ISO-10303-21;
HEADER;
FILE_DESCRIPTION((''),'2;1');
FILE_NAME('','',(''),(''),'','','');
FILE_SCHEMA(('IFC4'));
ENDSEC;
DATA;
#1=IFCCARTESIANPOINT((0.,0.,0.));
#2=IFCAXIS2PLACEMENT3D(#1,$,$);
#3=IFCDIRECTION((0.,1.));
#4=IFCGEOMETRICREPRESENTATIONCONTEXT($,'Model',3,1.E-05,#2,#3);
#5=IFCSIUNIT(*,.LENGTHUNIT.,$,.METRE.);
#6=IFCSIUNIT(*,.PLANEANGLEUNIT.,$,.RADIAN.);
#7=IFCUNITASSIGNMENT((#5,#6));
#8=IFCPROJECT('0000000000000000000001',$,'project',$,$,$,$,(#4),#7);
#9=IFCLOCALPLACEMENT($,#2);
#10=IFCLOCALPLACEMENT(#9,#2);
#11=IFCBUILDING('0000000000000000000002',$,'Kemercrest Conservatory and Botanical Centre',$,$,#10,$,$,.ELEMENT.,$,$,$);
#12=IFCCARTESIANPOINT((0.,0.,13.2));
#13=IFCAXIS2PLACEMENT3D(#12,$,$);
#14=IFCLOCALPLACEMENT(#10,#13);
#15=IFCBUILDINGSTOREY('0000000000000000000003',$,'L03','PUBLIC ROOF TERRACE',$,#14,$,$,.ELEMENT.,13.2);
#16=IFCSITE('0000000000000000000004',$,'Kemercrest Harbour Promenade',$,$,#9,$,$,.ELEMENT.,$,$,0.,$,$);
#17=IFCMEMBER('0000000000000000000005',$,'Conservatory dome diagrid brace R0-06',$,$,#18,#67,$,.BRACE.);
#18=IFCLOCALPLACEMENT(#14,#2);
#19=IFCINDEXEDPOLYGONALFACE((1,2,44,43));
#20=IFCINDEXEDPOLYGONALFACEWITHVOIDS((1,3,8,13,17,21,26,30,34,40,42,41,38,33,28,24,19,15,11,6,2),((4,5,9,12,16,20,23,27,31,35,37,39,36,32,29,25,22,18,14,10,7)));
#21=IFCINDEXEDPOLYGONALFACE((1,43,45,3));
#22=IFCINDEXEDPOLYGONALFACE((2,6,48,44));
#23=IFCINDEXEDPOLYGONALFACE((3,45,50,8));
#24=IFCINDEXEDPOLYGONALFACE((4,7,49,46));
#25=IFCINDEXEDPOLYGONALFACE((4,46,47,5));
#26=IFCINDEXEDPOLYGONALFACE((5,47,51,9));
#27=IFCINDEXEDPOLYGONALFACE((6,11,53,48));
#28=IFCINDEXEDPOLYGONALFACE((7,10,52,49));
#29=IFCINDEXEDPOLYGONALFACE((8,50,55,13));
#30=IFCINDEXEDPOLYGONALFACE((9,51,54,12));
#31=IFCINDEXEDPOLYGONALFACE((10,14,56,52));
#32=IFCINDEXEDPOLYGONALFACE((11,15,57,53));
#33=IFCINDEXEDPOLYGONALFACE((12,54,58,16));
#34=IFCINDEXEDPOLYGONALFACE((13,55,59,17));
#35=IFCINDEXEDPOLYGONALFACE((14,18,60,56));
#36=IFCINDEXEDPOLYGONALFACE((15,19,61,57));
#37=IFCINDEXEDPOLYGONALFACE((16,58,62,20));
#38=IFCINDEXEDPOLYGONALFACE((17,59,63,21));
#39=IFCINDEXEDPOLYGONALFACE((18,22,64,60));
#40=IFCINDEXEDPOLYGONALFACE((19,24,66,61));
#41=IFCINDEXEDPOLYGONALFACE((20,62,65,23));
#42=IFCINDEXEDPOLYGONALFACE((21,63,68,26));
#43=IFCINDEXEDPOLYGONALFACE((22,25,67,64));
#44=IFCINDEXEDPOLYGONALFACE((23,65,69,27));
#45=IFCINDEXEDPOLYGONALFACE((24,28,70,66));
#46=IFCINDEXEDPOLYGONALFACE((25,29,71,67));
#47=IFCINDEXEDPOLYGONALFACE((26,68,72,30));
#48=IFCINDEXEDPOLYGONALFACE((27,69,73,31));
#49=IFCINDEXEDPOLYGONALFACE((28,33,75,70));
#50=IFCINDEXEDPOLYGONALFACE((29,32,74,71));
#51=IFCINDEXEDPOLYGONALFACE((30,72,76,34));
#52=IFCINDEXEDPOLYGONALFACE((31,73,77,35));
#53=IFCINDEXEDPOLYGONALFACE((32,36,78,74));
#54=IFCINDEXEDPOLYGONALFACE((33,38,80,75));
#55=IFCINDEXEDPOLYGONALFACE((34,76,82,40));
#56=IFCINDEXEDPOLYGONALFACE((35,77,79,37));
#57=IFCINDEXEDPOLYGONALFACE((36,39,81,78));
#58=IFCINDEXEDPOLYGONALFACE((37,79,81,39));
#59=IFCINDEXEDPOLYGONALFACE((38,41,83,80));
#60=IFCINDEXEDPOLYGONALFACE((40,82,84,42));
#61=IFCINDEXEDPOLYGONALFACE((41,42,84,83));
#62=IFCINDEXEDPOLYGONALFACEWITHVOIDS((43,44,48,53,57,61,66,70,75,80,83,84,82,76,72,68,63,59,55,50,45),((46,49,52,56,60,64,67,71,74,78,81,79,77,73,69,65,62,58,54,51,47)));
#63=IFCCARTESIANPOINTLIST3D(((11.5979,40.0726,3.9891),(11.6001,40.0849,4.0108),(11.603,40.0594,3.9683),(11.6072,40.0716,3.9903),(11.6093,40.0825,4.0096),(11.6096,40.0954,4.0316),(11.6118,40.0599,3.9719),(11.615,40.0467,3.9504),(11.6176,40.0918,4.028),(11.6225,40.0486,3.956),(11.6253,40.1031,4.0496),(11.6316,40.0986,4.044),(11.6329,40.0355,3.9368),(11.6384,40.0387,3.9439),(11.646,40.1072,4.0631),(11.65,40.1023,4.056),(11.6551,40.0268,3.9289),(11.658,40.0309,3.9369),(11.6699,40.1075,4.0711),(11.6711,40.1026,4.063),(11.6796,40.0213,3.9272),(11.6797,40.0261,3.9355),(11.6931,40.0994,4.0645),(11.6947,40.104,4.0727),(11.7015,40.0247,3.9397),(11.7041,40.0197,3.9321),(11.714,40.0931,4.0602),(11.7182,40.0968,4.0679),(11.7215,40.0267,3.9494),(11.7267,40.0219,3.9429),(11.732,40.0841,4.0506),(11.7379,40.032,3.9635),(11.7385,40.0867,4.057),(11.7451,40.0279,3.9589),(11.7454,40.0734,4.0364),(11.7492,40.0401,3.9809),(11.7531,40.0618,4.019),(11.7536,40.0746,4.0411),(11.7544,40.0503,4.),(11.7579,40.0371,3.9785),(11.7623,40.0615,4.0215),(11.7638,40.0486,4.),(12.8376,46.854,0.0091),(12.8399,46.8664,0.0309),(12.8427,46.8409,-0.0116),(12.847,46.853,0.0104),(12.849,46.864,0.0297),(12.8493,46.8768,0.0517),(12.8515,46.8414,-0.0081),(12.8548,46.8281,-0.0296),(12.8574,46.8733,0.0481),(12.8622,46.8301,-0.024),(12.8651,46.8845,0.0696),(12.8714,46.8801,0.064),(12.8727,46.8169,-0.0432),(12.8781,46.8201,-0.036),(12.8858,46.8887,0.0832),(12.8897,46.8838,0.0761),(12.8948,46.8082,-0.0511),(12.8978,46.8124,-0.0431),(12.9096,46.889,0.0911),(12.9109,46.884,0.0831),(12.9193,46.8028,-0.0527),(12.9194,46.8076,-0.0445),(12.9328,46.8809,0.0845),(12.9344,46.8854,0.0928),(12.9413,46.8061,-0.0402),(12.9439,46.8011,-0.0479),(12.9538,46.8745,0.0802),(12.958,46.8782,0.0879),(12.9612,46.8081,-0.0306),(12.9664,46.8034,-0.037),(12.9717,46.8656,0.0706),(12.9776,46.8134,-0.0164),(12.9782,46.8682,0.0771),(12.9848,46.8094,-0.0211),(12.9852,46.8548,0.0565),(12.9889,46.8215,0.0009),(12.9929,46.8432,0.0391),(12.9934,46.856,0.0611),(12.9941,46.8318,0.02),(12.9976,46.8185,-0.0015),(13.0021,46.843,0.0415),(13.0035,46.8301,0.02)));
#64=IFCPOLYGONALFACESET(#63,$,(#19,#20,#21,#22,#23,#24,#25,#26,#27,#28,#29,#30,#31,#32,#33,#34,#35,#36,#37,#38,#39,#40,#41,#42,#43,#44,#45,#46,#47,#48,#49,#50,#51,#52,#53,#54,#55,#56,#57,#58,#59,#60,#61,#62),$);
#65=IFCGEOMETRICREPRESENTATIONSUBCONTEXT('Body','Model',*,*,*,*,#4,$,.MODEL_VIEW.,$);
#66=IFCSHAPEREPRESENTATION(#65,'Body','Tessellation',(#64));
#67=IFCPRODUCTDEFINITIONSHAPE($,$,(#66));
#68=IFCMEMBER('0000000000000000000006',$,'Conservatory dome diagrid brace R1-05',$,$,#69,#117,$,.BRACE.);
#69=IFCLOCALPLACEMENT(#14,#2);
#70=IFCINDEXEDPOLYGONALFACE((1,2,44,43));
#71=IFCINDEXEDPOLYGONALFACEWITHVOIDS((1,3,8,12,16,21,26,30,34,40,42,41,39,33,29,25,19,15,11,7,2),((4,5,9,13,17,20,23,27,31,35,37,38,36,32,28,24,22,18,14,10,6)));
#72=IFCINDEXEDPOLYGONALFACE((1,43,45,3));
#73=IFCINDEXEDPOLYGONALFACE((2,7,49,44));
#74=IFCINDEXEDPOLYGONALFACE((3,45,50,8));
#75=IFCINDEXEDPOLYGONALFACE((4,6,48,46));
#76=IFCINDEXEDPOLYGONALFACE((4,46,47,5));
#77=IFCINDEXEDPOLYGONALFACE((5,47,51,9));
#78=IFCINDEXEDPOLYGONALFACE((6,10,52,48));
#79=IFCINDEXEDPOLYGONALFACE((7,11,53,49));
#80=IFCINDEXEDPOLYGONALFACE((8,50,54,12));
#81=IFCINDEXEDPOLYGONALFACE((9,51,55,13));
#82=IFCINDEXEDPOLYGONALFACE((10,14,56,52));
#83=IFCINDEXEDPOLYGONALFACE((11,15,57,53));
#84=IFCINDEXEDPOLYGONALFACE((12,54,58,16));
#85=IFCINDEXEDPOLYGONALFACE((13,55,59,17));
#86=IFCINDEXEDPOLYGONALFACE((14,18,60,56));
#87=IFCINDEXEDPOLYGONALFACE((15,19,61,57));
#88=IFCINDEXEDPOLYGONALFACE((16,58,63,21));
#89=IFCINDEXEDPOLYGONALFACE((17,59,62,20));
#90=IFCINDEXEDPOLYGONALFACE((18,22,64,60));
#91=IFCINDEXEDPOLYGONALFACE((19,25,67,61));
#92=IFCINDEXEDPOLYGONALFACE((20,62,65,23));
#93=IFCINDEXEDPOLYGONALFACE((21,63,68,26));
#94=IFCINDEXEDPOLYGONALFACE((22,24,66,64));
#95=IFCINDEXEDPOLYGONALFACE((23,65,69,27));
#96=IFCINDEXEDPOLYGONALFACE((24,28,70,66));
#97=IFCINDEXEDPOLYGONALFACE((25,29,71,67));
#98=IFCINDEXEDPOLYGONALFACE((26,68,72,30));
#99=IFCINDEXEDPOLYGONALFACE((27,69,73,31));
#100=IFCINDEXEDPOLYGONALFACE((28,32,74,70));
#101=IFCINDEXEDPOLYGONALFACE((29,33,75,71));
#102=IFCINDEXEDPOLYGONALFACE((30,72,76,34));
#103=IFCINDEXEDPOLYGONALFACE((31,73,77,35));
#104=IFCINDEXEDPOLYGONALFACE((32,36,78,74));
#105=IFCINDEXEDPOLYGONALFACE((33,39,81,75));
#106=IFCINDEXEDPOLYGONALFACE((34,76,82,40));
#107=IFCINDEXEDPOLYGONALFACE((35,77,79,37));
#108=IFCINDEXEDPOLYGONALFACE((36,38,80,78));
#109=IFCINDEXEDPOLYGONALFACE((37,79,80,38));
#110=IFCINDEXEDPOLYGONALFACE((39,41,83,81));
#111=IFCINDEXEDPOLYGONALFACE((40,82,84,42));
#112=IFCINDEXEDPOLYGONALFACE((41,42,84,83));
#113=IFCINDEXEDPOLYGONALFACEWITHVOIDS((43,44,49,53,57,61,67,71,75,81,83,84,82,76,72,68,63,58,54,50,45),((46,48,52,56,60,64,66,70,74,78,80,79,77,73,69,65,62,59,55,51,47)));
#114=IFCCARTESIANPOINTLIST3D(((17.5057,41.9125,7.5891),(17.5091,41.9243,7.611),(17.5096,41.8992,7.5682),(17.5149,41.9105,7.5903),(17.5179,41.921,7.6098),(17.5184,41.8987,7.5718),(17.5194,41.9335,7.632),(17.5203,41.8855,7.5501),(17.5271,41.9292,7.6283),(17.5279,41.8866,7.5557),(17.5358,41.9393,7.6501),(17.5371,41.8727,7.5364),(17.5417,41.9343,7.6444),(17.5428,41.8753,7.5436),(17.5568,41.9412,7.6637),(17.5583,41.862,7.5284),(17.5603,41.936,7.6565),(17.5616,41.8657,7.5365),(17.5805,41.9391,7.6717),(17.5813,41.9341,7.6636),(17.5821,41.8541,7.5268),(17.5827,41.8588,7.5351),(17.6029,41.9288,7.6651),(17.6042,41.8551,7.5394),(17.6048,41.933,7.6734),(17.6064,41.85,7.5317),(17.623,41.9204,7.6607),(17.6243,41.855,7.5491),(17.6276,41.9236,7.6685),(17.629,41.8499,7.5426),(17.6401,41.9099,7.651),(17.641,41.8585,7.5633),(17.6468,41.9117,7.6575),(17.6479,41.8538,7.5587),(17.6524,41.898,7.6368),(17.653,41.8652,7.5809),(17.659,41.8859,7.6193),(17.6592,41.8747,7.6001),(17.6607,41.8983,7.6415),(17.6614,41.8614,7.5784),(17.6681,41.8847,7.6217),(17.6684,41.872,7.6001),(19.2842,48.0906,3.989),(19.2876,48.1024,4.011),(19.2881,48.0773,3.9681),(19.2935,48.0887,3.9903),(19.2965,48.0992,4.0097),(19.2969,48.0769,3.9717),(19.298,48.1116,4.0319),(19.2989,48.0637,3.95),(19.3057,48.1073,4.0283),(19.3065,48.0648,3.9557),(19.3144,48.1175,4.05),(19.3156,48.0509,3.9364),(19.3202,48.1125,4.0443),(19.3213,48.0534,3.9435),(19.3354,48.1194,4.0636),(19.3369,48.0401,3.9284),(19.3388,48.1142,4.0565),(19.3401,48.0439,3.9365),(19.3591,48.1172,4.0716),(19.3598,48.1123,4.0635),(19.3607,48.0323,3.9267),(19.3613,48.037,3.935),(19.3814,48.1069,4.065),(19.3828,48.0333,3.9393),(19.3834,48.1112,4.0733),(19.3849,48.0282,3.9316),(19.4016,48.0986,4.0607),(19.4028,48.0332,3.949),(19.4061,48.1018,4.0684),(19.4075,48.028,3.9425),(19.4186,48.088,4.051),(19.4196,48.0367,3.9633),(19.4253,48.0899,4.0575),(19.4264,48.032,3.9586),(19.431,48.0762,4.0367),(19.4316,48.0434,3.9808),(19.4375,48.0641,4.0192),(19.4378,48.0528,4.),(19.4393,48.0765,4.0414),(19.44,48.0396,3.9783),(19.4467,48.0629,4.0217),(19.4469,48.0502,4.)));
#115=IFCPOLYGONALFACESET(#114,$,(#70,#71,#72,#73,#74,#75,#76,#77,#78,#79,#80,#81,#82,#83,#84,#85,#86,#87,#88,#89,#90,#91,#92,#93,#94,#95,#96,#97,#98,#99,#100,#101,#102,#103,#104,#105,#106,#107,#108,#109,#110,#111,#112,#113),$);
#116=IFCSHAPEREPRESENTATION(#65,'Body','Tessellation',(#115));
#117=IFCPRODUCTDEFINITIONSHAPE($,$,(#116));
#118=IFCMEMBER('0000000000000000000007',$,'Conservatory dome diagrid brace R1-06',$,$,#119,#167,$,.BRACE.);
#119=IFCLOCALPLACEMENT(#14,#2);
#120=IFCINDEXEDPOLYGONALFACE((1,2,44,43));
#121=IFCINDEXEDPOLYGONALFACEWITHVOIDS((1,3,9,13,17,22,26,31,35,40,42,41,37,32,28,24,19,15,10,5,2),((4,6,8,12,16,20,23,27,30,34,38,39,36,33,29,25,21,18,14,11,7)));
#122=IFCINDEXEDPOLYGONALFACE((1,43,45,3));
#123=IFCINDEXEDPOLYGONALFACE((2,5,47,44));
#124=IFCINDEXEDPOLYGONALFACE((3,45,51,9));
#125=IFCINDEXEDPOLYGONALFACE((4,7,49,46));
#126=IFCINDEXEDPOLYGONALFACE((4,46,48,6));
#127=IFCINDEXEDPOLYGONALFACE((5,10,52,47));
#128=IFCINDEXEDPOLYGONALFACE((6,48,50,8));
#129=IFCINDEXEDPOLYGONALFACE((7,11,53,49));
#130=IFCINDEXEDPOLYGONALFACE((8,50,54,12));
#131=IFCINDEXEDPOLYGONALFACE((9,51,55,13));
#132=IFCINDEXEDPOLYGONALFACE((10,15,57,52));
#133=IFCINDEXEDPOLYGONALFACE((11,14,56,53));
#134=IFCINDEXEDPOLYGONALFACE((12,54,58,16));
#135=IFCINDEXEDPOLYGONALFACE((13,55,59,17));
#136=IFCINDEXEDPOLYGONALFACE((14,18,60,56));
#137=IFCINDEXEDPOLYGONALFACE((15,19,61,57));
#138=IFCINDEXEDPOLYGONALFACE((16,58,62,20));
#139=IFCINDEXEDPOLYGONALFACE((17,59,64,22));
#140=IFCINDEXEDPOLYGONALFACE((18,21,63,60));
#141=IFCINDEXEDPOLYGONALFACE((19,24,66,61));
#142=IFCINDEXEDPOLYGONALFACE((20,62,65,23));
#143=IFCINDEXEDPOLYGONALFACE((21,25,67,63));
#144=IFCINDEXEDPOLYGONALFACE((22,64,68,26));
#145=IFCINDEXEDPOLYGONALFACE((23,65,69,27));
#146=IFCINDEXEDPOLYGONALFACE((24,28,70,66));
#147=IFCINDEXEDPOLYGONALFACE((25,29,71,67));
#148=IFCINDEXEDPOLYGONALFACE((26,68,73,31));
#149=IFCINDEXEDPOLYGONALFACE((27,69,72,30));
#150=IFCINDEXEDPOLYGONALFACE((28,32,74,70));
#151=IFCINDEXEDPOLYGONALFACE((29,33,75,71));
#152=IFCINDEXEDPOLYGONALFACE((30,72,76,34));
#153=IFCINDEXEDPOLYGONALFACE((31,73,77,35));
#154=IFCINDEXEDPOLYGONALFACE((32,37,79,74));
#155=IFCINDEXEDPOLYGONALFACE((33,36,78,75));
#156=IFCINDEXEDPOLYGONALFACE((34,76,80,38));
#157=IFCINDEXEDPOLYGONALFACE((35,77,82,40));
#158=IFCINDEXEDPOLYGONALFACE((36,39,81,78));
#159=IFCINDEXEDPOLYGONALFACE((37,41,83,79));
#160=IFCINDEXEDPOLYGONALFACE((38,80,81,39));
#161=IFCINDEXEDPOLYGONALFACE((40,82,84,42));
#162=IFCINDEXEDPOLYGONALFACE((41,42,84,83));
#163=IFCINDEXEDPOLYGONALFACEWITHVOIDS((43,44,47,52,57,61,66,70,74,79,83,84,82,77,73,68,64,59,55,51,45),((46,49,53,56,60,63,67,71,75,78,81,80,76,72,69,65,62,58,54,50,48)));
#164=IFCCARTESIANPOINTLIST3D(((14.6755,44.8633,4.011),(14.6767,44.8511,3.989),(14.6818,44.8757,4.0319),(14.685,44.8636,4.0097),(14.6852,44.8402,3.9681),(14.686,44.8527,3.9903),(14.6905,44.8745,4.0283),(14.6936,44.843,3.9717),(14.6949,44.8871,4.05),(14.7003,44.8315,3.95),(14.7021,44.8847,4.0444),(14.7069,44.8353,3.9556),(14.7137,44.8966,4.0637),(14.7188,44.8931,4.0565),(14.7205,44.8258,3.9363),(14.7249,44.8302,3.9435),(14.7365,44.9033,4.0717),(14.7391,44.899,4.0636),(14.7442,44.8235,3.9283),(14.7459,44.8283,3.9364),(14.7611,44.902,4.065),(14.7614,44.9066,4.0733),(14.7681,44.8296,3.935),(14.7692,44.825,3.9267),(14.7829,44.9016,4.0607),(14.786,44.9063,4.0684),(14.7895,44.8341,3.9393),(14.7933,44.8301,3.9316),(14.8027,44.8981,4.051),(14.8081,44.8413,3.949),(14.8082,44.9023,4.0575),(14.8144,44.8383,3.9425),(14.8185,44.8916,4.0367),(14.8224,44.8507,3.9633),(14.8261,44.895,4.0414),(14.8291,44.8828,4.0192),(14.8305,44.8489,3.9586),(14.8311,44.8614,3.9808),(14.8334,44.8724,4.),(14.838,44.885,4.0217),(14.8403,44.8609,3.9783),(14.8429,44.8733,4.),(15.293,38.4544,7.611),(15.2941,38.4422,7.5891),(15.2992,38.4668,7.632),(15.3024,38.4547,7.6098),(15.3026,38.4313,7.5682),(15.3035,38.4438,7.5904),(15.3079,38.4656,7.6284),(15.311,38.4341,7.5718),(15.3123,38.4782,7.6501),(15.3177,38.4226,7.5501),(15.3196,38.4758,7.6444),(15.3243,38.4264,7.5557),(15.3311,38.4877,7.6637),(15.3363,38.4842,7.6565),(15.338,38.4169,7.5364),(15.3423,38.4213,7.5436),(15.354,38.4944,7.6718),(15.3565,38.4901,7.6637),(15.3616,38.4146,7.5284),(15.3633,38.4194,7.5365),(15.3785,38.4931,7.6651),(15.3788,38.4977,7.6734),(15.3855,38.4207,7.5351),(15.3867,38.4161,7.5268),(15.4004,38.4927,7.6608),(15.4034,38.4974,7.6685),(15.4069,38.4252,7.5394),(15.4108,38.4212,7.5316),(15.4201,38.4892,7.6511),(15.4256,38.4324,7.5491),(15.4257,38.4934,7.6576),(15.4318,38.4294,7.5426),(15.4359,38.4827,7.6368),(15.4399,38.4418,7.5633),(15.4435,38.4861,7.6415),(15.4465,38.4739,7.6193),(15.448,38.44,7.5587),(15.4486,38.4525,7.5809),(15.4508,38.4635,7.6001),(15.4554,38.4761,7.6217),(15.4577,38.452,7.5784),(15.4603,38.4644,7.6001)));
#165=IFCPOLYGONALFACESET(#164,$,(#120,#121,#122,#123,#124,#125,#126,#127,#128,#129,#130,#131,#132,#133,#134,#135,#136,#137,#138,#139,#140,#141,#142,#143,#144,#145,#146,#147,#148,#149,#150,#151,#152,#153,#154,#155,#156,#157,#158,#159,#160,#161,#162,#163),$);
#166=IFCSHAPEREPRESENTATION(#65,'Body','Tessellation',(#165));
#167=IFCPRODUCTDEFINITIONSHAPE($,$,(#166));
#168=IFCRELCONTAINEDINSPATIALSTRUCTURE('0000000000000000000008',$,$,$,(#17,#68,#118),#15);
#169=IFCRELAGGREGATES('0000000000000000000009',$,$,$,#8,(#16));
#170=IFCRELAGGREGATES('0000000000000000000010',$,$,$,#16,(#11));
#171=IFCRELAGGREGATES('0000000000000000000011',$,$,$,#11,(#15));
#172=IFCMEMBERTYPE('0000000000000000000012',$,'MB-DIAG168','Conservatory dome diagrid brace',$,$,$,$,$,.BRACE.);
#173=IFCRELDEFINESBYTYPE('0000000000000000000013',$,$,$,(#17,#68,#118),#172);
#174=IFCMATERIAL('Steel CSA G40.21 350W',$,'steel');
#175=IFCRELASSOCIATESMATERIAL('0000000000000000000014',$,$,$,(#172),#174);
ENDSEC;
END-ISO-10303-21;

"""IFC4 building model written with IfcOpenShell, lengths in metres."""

from ifc_helpers import new_model, si_unit, direction, frame, origin, origin_2d, place, context, subcontext, project, spatial, hollow_circle, extrude, material, material_profile, profile_set, type_object, element, save


model = new_model("IFC4")

# Units and contexts
model_context = context("Model", 3, precision=1e-05, world=origin(), true_north=direction((0.0, 1.0)))
body_context = subcontext(model_context, "Body", "Model", "MODEL_VIEW")
ifc_project = project(units=[si_unit("LENGTHUNIT", "METRE"), si_unit("PLANEANGLEUNIT", "RADIAN")], contexts=[model_context])

# Site, building, storey
site_placement = place(None, origin())
site = spatial("IfcSite", under=ifc_project, at=site_placement, Name="Kemercrest Harbour Promenade", CompositionType="ELEMENT", RefElevation=0.0)
building_placement = place(site_placement, origin())
building = spatial("IfcBuilding", under=site, at=building_placement, Name="Kemercrest Conservatory and Botanical Centre", CompositionType="ELEMENT")
storey_placement = place(building_placement, frame((0.0, 0.0, 13.2)))
storey = spatial("IfcBuildingStorey", under=building, at=storey_placement, Name="L03", Description="PUBLIC ROOF TERRACE", CompositionType="ELEMENT", Elevation=13.2)

# Shared definitions
ifc_material_1 = material(Name="Steel CSA G40.21 350W", Category="steel")

# Members
ifc_material_profile_1 = material_profile(ifc_material_1, hollow_circle(Radius=0.0842, WallThickness=0.0095, at=origin_2d()), Name="CHS 168.3x9.5")
ifc_profile_set_1 = profile_set([ifc_material_profile_1], Name="Steel CSA G40.21 350W")
member_type_1 = type_object("IfcMemberType", Name="MB-DIAG168", Description="Conservatory dome diagrid brace", PredefinedType="BRACE", material=ifc_profile_set_1)
member_1_placement = place(storey_placement, frame((12.9207, 46.8452, 0.02), z_axis=(-0.155742, -0.851918, 0.499981), x_axis=(0.983697, -0.179833, 0.0)))
element("IfcMember", 1, at=member_1_placement, inside=storey, type_object=member_type_1, Name="Conservatory dome diagrid brace R0-06", PredefinedType="BRACE", context=body_context, shape_type="SweptSolid", body=[
    extrude(hollow_circle(Radius=0.0842, WallThickness=0.0095, at=origin_2d()), origin(), (0.0, 0.0, 1.0), 7.9602),
])
member_2_placement = place(storey_placement, frame((19.366, 48.0735, 4.0), z_axis=(-0.241375, -0.838467, 0.488581), x_axis=(0.960973, -0.276641, 0.0)))
element("IfcMember", 2, at=member_2_placement, inside=storey, type_object=member_type_1, Name="Conservatory dome diagrid brace R1-05", PredefinedType="BRACE", context=body_context, shape_type="SweptSolid", body=[
    extrude(hollow_circle(Radius=0.0842, WallThickness=0.0095, at=origin_2d()), origin(), (0.0, 0.0, 1.0), 7.3684),
])
member_3_placement = place(storey_placement, frame((14.759, 44.8652, 4.0), z_axis=(0.0837, -0.868803, 0.488033), x_axis=(0.995391, 0.095895, 0.0)))
element("IfcMember", 3, at=member_3_placement, inside=storey, type_object=member_type_1, Name="Conservatory dome diagrid brace R1-06", PredefinedType="BRACE", context=body_context, shape_type="SweptSolid", body=[
    extrude(hollow_circle(Radius=0.0842, WallThickness=0.0095, at=origin_2d()), origin(), (0.0, 0.0, 1.0), 7.3767),
])

save(model, "model.ifc")
